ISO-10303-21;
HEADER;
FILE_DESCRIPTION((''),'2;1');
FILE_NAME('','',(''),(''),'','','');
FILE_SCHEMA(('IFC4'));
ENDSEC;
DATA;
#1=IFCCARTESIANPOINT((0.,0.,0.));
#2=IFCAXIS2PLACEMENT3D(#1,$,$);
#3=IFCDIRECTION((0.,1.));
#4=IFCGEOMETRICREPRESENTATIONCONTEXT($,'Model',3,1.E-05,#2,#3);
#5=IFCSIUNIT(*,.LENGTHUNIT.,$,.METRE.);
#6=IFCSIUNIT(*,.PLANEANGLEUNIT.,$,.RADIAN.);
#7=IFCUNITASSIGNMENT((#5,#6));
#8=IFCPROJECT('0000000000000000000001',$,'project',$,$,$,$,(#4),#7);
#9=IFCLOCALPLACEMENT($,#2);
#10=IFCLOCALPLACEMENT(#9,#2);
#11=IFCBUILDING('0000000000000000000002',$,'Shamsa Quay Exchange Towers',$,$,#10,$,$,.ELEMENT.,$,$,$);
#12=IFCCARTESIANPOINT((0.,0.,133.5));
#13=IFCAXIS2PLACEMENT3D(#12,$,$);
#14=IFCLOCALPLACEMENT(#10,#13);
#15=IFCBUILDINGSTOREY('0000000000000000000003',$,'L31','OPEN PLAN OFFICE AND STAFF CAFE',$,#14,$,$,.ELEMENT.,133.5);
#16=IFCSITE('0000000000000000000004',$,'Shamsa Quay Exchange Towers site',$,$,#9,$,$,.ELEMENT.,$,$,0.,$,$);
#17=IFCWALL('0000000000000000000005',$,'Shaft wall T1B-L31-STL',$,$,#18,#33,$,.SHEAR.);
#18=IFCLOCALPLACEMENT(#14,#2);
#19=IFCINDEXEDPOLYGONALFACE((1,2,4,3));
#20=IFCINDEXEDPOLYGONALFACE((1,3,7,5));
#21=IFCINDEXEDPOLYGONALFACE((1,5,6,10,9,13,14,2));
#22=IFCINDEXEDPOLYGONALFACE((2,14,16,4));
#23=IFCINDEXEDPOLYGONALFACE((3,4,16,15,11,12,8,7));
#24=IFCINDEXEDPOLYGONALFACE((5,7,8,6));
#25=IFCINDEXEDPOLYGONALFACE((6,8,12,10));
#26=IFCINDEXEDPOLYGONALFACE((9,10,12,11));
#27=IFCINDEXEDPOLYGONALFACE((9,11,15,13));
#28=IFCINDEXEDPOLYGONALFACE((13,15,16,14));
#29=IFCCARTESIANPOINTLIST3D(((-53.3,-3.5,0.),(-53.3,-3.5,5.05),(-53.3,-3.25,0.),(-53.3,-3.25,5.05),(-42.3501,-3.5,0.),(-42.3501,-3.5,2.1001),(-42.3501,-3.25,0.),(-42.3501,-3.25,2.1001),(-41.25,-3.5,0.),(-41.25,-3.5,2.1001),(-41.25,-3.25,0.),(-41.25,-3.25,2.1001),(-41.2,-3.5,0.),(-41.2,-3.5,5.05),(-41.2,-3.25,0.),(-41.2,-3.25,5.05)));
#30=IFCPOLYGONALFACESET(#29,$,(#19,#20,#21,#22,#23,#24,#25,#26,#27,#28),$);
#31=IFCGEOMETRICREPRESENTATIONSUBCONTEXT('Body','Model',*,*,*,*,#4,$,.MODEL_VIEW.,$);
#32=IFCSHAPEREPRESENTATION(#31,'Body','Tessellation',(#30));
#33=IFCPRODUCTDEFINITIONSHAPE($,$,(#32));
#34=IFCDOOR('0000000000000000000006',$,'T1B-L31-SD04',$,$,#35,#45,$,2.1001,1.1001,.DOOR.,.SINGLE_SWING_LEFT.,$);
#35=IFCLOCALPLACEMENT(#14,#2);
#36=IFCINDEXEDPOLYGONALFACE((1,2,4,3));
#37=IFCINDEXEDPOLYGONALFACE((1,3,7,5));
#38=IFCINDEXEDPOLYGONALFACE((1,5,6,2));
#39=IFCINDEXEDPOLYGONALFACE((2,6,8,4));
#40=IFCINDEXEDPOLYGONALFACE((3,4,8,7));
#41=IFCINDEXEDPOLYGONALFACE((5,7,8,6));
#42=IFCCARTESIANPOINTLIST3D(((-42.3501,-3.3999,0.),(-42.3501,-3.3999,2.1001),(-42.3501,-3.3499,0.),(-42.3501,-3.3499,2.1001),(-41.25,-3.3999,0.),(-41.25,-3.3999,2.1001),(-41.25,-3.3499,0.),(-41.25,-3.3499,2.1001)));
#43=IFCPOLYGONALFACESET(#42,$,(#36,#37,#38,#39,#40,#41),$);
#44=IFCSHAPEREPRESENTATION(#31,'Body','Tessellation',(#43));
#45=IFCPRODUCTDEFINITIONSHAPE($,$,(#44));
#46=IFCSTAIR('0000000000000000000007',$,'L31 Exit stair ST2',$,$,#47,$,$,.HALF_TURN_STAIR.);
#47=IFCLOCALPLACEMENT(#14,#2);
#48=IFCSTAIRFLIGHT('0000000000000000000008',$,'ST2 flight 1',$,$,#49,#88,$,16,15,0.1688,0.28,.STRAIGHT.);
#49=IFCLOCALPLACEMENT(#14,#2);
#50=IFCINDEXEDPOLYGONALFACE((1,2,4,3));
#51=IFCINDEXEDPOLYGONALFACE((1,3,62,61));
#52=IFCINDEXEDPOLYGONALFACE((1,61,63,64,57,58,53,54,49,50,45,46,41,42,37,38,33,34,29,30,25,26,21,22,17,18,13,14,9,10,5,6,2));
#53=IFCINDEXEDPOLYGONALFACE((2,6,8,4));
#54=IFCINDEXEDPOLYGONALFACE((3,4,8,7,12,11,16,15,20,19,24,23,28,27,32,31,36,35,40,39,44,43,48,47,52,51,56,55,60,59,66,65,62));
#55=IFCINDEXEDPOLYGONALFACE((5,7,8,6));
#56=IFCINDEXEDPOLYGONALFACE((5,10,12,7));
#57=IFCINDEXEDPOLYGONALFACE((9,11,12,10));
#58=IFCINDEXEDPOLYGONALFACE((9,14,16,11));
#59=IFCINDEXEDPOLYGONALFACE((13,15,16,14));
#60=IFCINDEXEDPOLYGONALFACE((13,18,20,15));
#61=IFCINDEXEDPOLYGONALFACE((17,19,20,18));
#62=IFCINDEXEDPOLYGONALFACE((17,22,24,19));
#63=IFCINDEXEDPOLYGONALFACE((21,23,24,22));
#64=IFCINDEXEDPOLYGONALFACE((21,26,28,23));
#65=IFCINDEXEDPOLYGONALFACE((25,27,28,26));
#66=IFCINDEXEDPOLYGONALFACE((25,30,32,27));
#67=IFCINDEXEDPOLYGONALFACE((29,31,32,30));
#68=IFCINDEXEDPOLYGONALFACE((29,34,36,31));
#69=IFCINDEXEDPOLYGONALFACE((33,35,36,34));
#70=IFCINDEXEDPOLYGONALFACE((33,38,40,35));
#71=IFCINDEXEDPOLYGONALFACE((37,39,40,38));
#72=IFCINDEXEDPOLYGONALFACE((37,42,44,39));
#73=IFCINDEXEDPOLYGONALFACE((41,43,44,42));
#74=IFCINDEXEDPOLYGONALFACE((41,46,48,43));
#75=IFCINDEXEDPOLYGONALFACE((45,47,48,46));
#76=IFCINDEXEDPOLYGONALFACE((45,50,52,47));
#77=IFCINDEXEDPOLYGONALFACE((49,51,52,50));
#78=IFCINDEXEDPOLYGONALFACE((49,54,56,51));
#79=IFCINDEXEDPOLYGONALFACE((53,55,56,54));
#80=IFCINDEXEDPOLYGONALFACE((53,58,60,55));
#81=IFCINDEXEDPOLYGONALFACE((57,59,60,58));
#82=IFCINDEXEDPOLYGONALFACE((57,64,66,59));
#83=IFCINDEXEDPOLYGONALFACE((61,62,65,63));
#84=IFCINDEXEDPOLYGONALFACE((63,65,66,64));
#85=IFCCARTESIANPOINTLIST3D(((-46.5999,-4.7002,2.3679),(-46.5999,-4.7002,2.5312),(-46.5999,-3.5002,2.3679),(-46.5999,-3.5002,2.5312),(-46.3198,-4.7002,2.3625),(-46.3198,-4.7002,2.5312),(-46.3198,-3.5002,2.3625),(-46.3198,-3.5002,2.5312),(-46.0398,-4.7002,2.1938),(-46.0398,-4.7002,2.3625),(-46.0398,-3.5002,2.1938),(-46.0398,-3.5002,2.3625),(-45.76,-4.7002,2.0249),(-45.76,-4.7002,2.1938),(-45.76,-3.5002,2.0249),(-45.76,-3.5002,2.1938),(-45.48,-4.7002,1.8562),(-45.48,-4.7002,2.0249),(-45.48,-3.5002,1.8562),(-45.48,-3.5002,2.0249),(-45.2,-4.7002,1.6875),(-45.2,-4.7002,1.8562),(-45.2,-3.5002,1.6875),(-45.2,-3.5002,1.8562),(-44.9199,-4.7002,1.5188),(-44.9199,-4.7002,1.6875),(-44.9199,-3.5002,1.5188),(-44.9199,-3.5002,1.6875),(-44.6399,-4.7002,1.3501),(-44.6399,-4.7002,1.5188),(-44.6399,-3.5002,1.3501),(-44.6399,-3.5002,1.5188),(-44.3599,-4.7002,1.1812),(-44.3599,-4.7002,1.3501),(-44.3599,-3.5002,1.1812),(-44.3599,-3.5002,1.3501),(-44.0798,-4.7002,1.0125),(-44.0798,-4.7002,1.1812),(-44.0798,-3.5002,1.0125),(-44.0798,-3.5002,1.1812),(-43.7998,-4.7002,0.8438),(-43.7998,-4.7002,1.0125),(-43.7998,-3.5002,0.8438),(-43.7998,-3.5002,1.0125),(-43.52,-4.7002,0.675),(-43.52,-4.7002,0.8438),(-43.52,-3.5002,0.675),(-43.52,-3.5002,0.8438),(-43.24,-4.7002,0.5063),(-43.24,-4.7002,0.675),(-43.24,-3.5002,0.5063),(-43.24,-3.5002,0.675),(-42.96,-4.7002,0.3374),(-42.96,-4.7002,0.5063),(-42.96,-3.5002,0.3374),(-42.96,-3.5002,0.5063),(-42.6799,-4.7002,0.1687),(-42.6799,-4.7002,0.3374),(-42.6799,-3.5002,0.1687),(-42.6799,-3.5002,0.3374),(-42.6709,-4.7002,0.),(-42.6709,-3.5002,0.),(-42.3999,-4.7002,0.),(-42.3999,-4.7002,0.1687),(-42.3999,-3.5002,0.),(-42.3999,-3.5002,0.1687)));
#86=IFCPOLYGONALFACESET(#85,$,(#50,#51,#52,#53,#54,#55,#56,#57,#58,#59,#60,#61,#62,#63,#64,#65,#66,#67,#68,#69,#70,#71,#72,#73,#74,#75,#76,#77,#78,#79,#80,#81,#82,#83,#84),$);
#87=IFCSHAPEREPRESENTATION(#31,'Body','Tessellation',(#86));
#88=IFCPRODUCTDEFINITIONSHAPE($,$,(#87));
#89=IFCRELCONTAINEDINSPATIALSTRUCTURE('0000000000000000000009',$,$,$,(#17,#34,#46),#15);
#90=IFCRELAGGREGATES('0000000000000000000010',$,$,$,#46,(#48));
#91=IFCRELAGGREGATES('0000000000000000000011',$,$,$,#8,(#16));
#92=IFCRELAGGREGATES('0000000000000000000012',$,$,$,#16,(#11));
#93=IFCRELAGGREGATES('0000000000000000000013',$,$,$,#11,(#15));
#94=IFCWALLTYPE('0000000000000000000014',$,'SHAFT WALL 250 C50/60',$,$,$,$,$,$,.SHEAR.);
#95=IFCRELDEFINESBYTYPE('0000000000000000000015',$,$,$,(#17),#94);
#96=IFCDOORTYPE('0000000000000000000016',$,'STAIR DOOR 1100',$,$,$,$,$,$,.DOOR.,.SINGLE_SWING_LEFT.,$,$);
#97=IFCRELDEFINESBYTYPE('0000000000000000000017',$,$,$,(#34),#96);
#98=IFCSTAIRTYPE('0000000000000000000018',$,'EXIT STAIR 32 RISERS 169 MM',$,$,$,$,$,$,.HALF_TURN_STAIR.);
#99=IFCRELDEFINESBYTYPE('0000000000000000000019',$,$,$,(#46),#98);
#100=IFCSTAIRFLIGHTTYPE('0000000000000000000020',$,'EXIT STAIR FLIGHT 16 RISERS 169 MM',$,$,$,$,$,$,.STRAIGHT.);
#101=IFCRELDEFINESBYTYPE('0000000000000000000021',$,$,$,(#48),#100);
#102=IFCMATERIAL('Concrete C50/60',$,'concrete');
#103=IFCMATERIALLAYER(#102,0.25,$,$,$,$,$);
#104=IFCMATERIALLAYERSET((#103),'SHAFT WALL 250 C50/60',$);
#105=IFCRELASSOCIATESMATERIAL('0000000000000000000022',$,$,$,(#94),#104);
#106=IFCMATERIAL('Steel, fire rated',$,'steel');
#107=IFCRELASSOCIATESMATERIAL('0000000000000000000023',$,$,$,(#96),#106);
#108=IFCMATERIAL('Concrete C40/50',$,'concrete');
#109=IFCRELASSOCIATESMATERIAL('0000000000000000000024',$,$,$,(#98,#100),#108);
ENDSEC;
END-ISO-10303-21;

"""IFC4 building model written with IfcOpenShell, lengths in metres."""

from ifc_helpers import new_model, si_unit, direction, frame, frame_2d, origin, place, context, subcontext, project, spatial, polyline, rectangle, outline, extrude, material, layer, layer_set, type_object, element, fill, aggregate, save


model = new_model("IFC4")

# Units and contexts
model_context = context("Model", 3, precision=1e-05, world=origin(), true_north=direction((0.0, 1.0)))
body_context = subcontext(model_context, "Body", "Model", "MODEL_VIEW")
ifc_project = project(units=[si_unit("LENGTHUNIT", "METRE"), si_unit("PLANEANGLEUNIT", "RADIAN")], contexts=[model_context])

# Site, building, storey
site_placement = place(None, origin())
site = spatial("IfcSite", under=ifc_project, at=site_placement, Name="Shamsa Quay Exchange Towers site", CompositionType="ELEMENT", RefElevation=0.0)
building_placement = place(site_placement, origin())
building = spatial("IfcBuilding", under=site, at=building_placement, Name="Shamsa Quay Exchange Towers", CompositionType="ELEMENT")
storey_placement = place(building_placement, frame((0.0, 0.0, 133.5)))
storey = spatial("IfcBuildingStorey", under=building, at=storey_placement, Name="L31", Description="OPEN PLAN OFFICE AND STAFF CAFE", CompositionType="ELEMENT", Elevation=133.5)

# Shared definitions
ifc_material_1 = material(Name="Steel, fire rated", Category="steel")

# Wall, opening, door
ifc_material_2 = material(Name="Concrete C50/60", Category="concrete")
ifc_layer_1 = layer(ifc_material_2, 0.25)
ifc_layer_set_1 = layer_set([ifc_layer_1], Name="SHAFT WALL 250 C50/60")
wall_type_1 = type_object("IfcWallType", Name="SHAFT WALL 250 C50/60", PredefinedType="SHEAR", material=ifc_layer_set_1)
wall_1_placement = place(storey_placement, frame((-41.2, -3.375, 0.0), z_axis=(0.0, 0.0, 1.0), x_axis=(-1.0, 0.0, 0.0)))
wall_1 = element("IfcWall", 1, at=wall_1_placement, inside=storey, type_object=wall_type_1, Name="Shaft wall T1B-L31-STL", PredefinedType="SHEAR", context=body_context, shape_type="SweptSolid", body=[
    extrude(rectangle(XDim=12.1001, YDim=0.25, at=frame_2d((6.05, 0.0))), origin(), (0.0, 0.0, 1.0), 5.05),
])
opening_1_placement = place(wall_1_placement, frame((0.05, 0.0, 0.0)))
opening_1 = element("IfcOpeningElement", 2, at=opening_1_placement, cuts=wall_1, PredefinedType="OPENING", context=body_context, shape_type="SweptSolid", body=[
    extrude(rectangle(XDim=1.1001, YDim=2.1001, at=frame_2d((0.55, 1.05))), frame((0.0, 0.135, 0.0), z_axis=(0.0, -1.0, 0.0), x_axis=(1.0, 0.0, 0.0)), (0.0, 0.0, 1.0), 0.27),
])
door_type_1 = type_object("IfcDoorType", Name="STAIR DOOR 1100", OperationType="SINGLE_SWING_LEFT", PredefinedType="DOOR", material=ifc_material_1)
door_1_placement = place(opening_1_placement, origin())
door_1 = element("IfcDoor", 3, at=door_1_placement, inside=storey, type_object=door_type_1, Name="T1B-L31-SD04", OperationType="SINGLE_SWING_LEFT", OverallHeight=2.1001, OverallWidth=1.1001, PredefinedType="DOOR", context=body_context, shape_type="SweptSolid", body=[
    extrude(rectangle(XDim=1.1001, YDim=2.1001, at=frame_2d((0.55, 1.05))), frame((0.0, 0.0249, 0.0), z_axis=(0.0, -1.0, 0.0), x_axis=(1.0, 0.0, 0.0)), (0.0, 0.0, 1.0), 0.05),
])
fill(opening_1, door_1)

# Stair, stair flight
ifc_material_3 = material(Name="Concrete C40/50", Category="concrete")
stair_type = type_object("IfcStairType", Name="EXIT STAIR 32 RISERS 169 MM", PredefinedType="HALF_TURN_STAIR", material=ifc_material_3)
stair_placement = place(storey_placement, origin())
stair = element("IfcStair", 4, at=stair_placement, inside=storey, type_object=stair_type, Name="L31 Exit stair ST2", PredefinedType="HALF_TURN_STAIR")
stair_flight_type = type_object("IfcStairFlightType", Name="EXIT STAIR FLIGHT 16 RISERS 169 MM", PredefinedType="STRAIGHT", material=ifc_material_3)
stair_flight_placement = place(storey_placement, frame((-42.3999, -4.1001, 0.0), z_axis=(0.0, 0.0, 1.0), x_axis=(-1.0, 0.0, 0.0)))
stair_flight = element("IfcStairFlight", 5, at=stair_flight_placement, type_object=stair_flight_type, Name="ST2 flight 1", NumberOfRisers=16, NumberOfTreads=15, PredefinedType="STRAIGHT", RiserHeight=0.1688, TreadLength=0.28, context=body_context, shape_type="SweptSolid", body=[
    extrude(outline(polyline([(0.0, 0.0), (0.0, 0.1687), (0.28, 0.1687), (0.28, 0.3374), (0.5601, 0.3374), (0.5601, 0.5063), (0.8401, 0.5063), (0.8401, 0.675), (1.1201, 0.675), (1.1201, 0.8438), (1.3999, 0.8438), (1.3999, 1.0125), (1.6799, 1.0125), (1.6799, 1.1812), (1.96, 1.1812), (1.96, 1.3501), (2.24, 1.3501), (2.24, 1.5188), (2.52, 1.5188), (2.52, 1.6875), (2.8, 1.6875), (2.8, 1.8562), (3.0801, 1.8562), (3.0801, 2.0249), (3.3601, 2.0249), (3.3601, 2.1938), (3.6399, 2.1938), (3.6399, 2.3625), (3.9199, 2.3625), (3.9199, 2.5312), (4.2, 2.5312), (4.2, 2.7), (4.2, 2.3679), (0.271, 0.0), (0.0, 0.0)])), frame((0.0, 0.6001, 0.0), z_axis=(0.0, -1.0, 0.0), x_axis=(1.0, 0.0, 0.0)), (0.0, 0.0, 1.0), 1.2),
])
aggregate(stair, [stair_flight])

save(model, "model.ifc")
